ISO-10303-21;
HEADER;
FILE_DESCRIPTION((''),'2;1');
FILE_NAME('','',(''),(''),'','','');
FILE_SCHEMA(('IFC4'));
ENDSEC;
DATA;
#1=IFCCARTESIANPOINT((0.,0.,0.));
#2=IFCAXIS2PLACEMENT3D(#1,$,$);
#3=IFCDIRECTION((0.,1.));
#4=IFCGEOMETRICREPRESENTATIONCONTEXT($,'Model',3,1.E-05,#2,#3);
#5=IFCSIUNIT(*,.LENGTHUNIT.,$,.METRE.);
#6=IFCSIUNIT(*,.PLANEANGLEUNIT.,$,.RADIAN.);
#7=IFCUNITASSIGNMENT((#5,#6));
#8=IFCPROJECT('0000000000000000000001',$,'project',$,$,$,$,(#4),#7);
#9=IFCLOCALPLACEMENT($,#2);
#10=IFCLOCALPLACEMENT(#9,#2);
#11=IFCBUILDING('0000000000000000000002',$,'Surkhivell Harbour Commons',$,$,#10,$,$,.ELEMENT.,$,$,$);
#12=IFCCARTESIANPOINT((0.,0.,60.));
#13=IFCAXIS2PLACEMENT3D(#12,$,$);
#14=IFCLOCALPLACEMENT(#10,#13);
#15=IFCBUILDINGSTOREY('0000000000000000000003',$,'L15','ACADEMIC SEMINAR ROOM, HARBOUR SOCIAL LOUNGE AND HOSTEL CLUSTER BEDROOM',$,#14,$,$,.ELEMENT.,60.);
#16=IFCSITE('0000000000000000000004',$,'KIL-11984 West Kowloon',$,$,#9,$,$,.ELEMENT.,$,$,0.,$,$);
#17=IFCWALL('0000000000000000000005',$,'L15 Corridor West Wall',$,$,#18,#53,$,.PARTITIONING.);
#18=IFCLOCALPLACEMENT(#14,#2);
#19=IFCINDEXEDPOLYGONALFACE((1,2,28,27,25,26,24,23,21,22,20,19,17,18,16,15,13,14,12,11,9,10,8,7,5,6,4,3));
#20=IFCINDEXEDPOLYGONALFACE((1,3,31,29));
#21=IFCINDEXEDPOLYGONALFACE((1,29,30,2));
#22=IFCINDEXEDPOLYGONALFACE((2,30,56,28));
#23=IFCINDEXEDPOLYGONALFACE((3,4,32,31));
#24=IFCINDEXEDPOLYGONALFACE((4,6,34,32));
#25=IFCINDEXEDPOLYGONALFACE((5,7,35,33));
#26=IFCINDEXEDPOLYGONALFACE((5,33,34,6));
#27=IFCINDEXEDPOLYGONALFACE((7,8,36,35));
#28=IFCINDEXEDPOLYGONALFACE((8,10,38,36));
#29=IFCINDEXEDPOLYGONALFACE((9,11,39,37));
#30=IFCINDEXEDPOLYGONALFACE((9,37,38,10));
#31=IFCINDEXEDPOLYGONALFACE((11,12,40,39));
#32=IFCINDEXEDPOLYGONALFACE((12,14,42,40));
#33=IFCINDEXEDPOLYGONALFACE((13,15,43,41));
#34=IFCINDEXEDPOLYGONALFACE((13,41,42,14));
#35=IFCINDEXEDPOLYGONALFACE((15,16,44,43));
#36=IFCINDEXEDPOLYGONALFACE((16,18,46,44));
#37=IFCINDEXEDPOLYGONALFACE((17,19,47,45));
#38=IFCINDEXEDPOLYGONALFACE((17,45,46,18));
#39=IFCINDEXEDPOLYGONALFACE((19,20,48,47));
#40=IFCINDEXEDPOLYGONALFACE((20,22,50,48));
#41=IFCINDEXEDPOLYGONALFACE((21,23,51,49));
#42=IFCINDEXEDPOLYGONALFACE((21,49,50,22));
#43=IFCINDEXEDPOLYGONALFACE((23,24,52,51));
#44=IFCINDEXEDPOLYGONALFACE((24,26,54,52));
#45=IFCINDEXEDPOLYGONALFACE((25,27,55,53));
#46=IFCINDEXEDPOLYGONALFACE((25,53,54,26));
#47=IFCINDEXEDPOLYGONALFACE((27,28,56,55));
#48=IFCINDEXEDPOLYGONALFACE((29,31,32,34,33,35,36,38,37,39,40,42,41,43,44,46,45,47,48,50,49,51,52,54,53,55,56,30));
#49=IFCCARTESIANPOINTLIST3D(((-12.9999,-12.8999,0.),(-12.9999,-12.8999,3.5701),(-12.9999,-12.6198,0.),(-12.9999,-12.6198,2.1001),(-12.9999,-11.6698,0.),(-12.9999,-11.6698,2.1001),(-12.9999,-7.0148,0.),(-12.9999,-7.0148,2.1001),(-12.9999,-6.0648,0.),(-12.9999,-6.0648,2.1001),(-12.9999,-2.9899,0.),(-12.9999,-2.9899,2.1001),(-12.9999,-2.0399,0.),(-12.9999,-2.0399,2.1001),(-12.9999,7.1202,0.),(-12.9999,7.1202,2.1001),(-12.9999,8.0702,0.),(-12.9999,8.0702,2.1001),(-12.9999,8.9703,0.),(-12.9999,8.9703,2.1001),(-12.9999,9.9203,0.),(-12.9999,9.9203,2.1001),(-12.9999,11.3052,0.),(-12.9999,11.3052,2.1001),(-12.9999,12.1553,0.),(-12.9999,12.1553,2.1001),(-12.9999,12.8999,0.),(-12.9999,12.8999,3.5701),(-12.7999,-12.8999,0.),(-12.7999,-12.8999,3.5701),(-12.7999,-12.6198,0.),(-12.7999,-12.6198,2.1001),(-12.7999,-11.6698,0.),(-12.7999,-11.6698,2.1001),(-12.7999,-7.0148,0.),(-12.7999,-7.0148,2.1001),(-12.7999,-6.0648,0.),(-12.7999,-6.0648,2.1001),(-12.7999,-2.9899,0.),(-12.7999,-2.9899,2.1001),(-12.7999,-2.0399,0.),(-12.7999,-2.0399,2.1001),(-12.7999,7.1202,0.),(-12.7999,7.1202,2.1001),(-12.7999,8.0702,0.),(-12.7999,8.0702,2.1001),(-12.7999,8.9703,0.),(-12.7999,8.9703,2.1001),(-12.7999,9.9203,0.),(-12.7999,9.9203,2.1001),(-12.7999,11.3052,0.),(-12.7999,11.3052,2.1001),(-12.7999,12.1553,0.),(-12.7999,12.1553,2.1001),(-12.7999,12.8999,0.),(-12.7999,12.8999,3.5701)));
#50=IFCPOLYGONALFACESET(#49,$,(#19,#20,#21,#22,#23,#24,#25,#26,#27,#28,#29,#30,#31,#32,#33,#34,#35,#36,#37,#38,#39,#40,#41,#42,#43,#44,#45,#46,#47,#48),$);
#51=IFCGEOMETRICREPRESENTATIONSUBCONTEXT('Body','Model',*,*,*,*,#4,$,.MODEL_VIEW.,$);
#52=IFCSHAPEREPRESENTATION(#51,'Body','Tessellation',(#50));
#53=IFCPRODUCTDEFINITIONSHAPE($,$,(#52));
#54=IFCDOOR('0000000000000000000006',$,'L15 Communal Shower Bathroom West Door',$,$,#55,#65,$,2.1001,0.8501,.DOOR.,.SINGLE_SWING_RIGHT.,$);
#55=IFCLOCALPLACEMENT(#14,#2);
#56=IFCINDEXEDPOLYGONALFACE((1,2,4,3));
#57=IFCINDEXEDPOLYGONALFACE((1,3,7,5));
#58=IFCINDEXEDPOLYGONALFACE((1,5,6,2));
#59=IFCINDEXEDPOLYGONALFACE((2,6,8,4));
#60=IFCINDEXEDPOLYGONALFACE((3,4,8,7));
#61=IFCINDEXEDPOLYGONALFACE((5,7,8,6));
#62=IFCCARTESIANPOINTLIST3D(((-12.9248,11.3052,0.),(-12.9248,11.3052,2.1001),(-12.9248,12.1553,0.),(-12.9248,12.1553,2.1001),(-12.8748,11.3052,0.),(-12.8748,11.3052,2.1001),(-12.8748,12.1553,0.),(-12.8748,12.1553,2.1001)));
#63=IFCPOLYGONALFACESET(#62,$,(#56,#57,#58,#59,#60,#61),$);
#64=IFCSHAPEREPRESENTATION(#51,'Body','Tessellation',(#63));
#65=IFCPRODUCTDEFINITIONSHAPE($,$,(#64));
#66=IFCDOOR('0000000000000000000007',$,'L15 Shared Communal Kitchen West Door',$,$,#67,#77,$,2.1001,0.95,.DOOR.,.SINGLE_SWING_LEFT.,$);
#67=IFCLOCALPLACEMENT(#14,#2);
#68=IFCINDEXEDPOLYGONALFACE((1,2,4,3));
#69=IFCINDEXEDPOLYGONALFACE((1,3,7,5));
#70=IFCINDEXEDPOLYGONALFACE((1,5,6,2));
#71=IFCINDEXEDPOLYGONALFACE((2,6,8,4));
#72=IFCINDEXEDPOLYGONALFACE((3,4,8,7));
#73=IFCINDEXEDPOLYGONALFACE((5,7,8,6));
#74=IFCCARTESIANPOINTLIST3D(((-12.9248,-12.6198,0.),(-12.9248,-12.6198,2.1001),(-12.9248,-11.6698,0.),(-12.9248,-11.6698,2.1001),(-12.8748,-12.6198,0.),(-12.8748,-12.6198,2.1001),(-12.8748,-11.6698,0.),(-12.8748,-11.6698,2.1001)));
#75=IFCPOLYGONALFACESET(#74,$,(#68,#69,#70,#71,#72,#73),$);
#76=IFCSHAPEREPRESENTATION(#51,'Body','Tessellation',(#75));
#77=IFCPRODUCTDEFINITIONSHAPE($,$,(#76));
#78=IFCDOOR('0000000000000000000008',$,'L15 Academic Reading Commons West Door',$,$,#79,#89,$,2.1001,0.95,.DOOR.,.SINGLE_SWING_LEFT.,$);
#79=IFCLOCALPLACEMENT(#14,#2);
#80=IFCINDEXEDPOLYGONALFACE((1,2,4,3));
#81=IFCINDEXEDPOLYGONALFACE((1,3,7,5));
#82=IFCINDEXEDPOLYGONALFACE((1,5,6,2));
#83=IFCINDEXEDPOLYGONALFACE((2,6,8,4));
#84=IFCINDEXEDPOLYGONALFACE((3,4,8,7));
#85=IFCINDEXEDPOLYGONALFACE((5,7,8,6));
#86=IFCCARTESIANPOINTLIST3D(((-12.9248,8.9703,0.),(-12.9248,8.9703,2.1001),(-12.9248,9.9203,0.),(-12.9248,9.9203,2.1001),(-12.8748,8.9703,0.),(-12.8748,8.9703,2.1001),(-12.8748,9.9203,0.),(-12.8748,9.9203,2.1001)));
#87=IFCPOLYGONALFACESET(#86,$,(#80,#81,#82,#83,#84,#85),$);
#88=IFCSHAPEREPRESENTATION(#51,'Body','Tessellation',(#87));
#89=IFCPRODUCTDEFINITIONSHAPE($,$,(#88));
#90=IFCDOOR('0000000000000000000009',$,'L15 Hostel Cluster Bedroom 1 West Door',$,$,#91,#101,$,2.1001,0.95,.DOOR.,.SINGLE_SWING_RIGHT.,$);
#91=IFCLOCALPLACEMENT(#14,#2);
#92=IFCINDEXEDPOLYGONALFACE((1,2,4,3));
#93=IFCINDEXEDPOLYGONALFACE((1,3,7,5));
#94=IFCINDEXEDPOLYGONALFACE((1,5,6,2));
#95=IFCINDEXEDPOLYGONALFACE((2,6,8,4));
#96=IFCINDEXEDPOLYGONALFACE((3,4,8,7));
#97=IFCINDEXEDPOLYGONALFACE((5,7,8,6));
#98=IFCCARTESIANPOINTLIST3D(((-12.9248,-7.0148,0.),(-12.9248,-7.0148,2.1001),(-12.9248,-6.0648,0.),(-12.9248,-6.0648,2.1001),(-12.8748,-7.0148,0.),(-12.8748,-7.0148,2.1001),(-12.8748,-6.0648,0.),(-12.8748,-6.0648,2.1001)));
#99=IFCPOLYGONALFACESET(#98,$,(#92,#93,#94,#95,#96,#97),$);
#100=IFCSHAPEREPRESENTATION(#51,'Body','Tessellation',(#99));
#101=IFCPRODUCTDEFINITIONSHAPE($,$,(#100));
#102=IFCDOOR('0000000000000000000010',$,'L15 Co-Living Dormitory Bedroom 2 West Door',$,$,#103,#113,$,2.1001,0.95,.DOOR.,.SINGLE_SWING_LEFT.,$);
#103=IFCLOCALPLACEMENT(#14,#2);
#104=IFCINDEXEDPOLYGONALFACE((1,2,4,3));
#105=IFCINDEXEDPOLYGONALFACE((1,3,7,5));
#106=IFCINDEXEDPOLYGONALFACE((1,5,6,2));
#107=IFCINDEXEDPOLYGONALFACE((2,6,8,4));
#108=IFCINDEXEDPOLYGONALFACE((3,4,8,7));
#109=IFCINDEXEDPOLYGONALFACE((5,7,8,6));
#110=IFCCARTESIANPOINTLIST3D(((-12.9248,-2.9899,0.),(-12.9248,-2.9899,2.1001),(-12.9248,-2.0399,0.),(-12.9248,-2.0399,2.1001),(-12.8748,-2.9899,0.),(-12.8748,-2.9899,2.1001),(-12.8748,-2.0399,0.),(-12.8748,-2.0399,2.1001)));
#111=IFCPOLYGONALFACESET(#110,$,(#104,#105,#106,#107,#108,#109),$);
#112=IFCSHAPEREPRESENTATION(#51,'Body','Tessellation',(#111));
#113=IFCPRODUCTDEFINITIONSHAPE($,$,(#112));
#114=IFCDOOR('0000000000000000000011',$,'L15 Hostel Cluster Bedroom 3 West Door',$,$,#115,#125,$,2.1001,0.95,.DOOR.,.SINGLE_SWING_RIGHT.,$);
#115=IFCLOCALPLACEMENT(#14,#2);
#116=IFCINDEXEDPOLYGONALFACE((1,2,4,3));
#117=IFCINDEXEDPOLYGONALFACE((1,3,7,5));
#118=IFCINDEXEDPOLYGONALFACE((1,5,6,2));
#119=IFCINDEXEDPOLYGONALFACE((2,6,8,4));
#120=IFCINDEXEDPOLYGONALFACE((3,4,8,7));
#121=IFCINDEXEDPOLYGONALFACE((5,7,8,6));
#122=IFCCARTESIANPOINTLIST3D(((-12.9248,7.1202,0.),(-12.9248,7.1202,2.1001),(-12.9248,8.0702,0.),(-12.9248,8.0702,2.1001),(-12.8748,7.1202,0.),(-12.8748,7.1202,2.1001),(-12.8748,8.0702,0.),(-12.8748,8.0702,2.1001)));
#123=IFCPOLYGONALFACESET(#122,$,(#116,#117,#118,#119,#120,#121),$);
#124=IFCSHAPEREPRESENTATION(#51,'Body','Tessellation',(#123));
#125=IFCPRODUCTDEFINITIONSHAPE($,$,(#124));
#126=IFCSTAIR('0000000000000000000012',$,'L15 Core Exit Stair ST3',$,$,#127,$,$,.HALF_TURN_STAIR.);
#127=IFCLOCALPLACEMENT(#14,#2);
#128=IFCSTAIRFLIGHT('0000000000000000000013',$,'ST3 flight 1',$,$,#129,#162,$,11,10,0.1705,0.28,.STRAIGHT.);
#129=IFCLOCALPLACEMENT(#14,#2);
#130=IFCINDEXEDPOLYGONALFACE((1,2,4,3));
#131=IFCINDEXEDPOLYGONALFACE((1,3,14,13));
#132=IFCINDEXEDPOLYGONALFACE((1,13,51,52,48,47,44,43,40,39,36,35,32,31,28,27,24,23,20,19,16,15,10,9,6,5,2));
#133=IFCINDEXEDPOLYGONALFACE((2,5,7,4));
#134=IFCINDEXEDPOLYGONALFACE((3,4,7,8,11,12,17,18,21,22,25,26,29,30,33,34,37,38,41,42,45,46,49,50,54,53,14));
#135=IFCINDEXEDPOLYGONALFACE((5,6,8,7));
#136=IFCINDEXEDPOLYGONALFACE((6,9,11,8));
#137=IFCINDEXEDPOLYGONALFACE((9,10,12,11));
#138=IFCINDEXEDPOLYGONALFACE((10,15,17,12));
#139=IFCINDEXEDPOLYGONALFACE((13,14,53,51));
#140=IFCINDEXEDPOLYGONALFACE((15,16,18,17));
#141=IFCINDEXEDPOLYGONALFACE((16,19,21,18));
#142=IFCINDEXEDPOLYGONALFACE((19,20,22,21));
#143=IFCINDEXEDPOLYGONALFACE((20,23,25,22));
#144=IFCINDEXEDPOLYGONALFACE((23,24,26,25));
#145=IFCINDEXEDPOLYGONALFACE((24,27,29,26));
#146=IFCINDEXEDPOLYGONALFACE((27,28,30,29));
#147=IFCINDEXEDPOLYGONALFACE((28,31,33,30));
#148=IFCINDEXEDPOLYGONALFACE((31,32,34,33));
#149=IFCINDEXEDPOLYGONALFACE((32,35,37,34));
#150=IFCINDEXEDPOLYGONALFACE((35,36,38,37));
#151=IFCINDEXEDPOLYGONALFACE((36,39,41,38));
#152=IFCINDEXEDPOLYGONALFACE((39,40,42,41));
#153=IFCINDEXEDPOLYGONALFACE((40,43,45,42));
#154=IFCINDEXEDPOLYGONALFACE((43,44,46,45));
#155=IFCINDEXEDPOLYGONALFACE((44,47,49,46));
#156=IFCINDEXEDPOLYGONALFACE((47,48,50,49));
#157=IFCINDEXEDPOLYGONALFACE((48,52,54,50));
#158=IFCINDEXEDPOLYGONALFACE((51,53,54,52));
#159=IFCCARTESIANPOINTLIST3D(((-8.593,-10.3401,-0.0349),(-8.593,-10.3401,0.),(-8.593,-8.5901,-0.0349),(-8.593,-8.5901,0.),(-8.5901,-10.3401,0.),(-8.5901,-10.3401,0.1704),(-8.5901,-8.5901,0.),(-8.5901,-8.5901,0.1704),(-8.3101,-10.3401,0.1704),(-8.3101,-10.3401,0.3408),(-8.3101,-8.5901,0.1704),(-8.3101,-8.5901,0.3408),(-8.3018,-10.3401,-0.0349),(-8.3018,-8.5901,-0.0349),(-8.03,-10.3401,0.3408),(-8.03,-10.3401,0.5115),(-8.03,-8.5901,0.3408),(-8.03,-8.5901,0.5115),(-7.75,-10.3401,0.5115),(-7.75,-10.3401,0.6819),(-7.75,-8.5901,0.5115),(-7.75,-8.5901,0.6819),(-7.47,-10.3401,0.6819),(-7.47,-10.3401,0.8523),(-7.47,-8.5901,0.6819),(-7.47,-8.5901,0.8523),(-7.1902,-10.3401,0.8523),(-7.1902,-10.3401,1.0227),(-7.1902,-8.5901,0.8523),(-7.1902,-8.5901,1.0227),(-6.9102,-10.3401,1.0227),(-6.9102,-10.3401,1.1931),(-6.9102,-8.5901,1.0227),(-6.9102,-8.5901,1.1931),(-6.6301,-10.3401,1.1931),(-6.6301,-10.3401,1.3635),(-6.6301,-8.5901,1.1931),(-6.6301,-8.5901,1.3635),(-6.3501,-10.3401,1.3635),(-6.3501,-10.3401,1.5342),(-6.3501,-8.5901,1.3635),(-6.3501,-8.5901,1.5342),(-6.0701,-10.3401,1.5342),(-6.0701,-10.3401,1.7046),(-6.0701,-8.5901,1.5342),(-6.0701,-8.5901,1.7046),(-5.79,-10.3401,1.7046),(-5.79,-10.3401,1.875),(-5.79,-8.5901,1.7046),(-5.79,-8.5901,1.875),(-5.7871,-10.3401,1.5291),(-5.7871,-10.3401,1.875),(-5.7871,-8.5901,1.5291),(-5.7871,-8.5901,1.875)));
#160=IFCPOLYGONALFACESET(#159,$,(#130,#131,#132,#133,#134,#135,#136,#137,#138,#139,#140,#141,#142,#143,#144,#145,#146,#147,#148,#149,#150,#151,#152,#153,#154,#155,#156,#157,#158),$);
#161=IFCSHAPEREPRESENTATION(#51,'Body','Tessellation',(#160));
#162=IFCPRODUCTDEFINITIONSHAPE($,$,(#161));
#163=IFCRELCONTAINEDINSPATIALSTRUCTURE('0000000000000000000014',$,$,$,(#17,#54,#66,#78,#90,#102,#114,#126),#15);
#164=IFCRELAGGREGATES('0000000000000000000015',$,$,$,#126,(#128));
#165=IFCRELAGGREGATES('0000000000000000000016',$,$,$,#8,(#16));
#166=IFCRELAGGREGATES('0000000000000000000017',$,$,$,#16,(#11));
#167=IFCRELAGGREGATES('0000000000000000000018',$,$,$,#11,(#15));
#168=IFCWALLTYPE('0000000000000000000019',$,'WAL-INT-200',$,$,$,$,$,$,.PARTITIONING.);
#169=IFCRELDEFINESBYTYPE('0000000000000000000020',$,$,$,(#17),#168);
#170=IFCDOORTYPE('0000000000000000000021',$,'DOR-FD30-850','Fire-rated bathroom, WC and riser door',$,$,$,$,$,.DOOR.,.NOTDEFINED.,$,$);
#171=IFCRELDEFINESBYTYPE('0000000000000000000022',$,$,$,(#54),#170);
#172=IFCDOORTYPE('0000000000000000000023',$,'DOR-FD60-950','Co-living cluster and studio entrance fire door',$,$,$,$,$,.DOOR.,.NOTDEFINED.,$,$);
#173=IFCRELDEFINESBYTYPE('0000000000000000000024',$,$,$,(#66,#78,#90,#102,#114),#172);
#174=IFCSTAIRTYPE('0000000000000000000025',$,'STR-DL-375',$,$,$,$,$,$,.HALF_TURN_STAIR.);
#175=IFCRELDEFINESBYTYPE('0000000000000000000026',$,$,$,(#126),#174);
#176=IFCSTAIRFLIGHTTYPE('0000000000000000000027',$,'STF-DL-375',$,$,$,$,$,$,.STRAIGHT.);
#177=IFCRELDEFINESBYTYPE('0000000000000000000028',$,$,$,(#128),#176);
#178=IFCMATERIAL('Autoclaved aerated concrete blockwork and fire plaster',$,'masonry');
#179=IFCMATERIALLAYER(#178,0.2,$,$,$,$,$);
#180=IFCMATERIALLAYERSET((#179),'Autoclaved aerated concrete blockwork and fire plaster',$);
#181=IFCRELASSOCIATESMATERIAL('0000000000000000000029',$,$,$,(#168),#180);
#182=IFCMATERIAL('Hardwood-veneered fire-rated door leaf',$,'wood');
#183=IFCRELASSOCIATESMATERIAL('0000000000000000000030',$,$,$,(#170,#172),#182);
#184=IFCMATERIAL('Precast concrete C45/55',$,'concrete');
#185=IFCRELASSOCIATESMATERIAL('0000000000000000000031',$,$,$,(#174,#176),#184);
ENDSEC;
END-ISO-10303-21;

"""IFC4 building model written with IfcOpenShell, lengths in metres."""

from ifc_helpers import new_model, si_unit, direction, frame, frame_2d, origin, place, context, subcontext, project, spatial, polyline, rectangle, outline, extrude, material, layer, layer_set, type_object, element, fill, aggregate, save


model = new_model("IFC4")

# Units and contexts
model_context = context("Model", 3, precision=1e-05, world=origin(), true_north=direction((0.0, 1.0)))
body_context = subcontext(model_context, "Body", "Model", "MODEL_VIEW")
ifc_project = project(units=[si_unit("LENGTHUNIT", "METRE"), si_unit("PLANEANGLEUNIT", "RADIAN")], contexts=[model_context])

# Site, building, storey
site_placement = place(None, origin())
site = spatial("IfcSite", under=ifc_project, at=site_placement, Name="KIL-11984 West Kowloon", CompositionType="ELEMENT", RefElevation=0.0)
building_placement = place(site_placement, origin())
building = spatial("IfcBuilding", under=site, at=building_placement, Name="Surkhivell Harbour Commons", CompositionType="ELEMENT")
storey_placement = place(building_placement, frame((0.0, 0.0, 60.0)))
storey = spatial("IfcBuildingStorey", under=building, at=storey_placement, Name="L15", Description="ACADEMIC SEMINAR ROOM, HARBOUR SOCIAL LOUNGE AND HOSTEL CLUSTER BEDROOM", CompositionType="ELEMENT", Elevation=60.0)

# Shared definitions
ifc_material_1 = material(Name="Autoclaved aerated concrete blockwork and fire plaster", Category="masonry")
ifc_layer_1 = layer(ifc_material_1, 0.2)
ifc_layer_set_1 = layer_set([ifc_layer_1], Name="Autoclaved aerated concrete blockwork and fire plaster")
wall_type_1 = type_object("IfcWallType", Name="WAL-INT-200", PredefinedType="PARTITIONING", material=ifc_layer_set_1)

# Wall, openings, doors
ifc_material_2 = material(Name="Hardwood-veneered fire-rated door leaf", Category="wood")
door_type_1 = type_object("IfcDoorType", Name="DOR-FD30-850", Description="Fire-rated bathroom, WC and riser door", OperationType="NOTDEFINED", PredefinedType="DOOR", material=ifc_material_2)
wall_1_placement = place(storey_placement, frame((-12.8999, -12.8999, 0.0), z_axis=(0.0, 0.0, 1.0), x_axis=(0.0, 1.0, 0.0)))
wall_1 = element("IfcWall", 1, at=wall_1_placement, inside=storey, type_object=wall_type_1, Name="L15 Corridor West Wall", PredefinedType="PARTITIONING", context=body_context, shape_type="SweptSolid", body=[
    extrude(rectangle(XDim=25.7998, YDim=0.2, at=frame_2d((12.8999, 0.0))), origin(), (0.0, 0.0, 1.0), 3.5701),
])
opening_1_placement = place(wall_1_placement, frame((0.28, 0.0, 0.0)))
opening_1 = element("IfcOpeningElement", 2, at=opening_1_placement, cuts=wall_1, PredefinedType="OPENING", context=body_context, shape_type="SweptSolid", body=[
    extrude(rectangle(XDim=0.95, YDim=2.1001, at=frame_2d((0.4751, 1.05))), frame((0.0, 0.1099, 0.0), z_axis=(0.0, -1.0, 0.0), x_axis=(1.0, 0.0, 0.0)), (0.0, 0.0, 1.0), 0.22),
])
opening_2_placement = place(wall_1_placement, frame((24.2051, 0.0, 0.0)))
opening_2 = element("IfcOpeningElement", 3, at=opening_2_placement, cuts=wall_1, PredefinedType="OPENING", context=body_context, shape_type="SweptSolid", body=[
    extrude(rectangle(XDim=0.8501, YDim=2.1001, at=frame_2d((0.425, 1.05))), frame((0.0, 0.1099, 0.0), z_axis=(0.0, -1.0, 0.0), x_axis=(1.0, 0.0, 0.0)), (0.0, 0.0, 1.0), 0.22),
])
opening_3_placement = place(wall_1_placement, frame((21.8701, 0.0, 0.0)))
opening_3 = element("IfcOpeningElement", 4, at=opening_3_placement, cuts=wall_1, PredefinedType="OPENING", context=body_context, shape_type="SweptSolid", body=[
    extrude(rectangle(XDim=0.95, YDim=2.1001, at=frame_2d((0.4751, 1.05))), frame((0.0, 0.1099, 0.0), z_axis=(0.0, -1.0, 0.0), x_axis=(1.0, 0.0, 0.0)), (0.0, 0.0, 1.0), 0.22),
])
opening_4_placement = place(wall_1_placement, frame((5.885, 0.0, 0.0)))
opening_4 = element("IfcOpeningElement", 5, at=opening_4_placement, cuts=wall_1, PredefinedType="OPENING", context=body_context, shape_type="SweptSolid", body=[
    extrude(rectangle(XDim=0.95, YDim=2.1001, at=frame_2d((0.4751, 1.05))), frame((0.0, 0.1099, 0.0), z_axis=(0.0, -1.0, 0.0), x_axis=(1.0, 0.0, 0.0)), (0.0, 0.0, 1.0), 0.22),
])
opening_5_placement = place(wall_1_placement, frame((9.9099, 0.0, 0.0)))
opening_5 = element("IfcOpeningElement", 6, at=opening_5_placement, cuts=wall_1, PredefinedType="OPENING", context=body_context, shape_type="SweptSolid", body=[
    extrude(rectangle(XDim=0.95, YDim=2.1001, at=frame_2d((0.4751, 1.05))), frame((0.0, 0.1099, 0.0), z_axis=(0.0, -1.0, 0.0), x_axis=(1.0, 0.0, 0.0)), (0.0, 0.0, 1.0), 0.22),
])
opening_6_placement = place(wall_1_placement, frame((20.02, 0.0, 0.0)))
opening_6 = element("IfcOpeningElement", 7, at=opening_6_placement, cuts=wall_1, PredefinedType="OPENING", context=body_context, shape_type="SweptSolid", body=[
    extrude(rectangle(XDim=0.95, YDim=2.1001, at=frame_2d((0.4751, 1.05))), frame((0.0, 0.1099, 0.0), z_axis=(0.0, -1.0, 0.0), x_axis=(1.0, 0.0, 0.0)), (0.0, 0.0, 1.0), 0.22),
])
door_1_placement = place(opening_2_placement, origin())
door_1 = element("IfcDoor", 8, at=door_1_placement, inside=storey, type_object=door_type_1, Name="L15 Communal Shower Bathroom West Door", OperationType="SINGLE_SWING_RIGHT", OverallHeight=2.1001, OverallWidth=0.8501, PredefinedType="DOOR", context=body_context, shape_type="SweptSolid", body=[
    extrude(rectangle(XDim=0.8501, YDim=2.1001, at=frame_2d((0.425, 1.05))), frame((0.0, 0.0249, 0.0), z_axis=(0.0, -1.0, 0.0), x_axis=(1.0, 0.0, 0.0)), (0.0, 0.0, 1.0), 0.05),
])
fill(opening_2, door_1)
door_type_2 = type_object("IfcDoorType", Name="DOR-FD60-950", Description="Co-living cluster and studio entrance fire door", OperationType="NOTDEFINED", PredefinedType="DOOR", material=ifc_material_2)
door_2_placement = place(opening_1_placement, origin())
door_2 = element("IfcDoor", 9, at=door_2_placement, inside=storey, type_object=door_type_2, Name="L15 Shared Communal Kitchen West Door", OperationType="SINGLE_SWING_LEFT", OverallHeight=2.1001, OverallWidth=0.95, PredefinedType="DOOR", context=body_context, shape_type="SweptSolid", body=[
    extrude(rectangle(XDim=0.95, YDim=2.1001, at=frame_2d((0.4751, 1.05))), frame((0.0, 0.0249, 0.0), z_axis=(0.0, -1.0, 0.0), x_axis=(1.0, 0.0, 0.0)), (0.0, 0.0, 1.0), 0.05),
])
fill(opening_1, door_2)
door_3_placement = place(opening_3_placement, origin())
door_3 = element("IfcDoor", 10, at=door_3_placement, inside=storey, type_object=door_type_2, Name="L15 Academic Reading Commons West Door", OperationType="SINGLE_SWING_LEFT", OverallHeight=2.1001, OverallWidth=0.95, PredefinedType="DOOR", context=body_context, shape_type="SweptSolid", body=[
    extrude(rectangle(XDim=0.95, YDim=2.1001, at=frame_2d((0.4751, 1.05))), frame((0.0, 0.0249, 0.0), z_axis=(0.0, -1.0, 0.0), x_axis=(1.0, 0.0, 0.0)), (0.0, 0.0, 1.0), 0.05),
])
fill(opening_3, door_3)
door_4_placement = place(opening_4_placement, origin())
door_4 = element("IfcDoor", 11, at=door_4_placement, inside=storey, type_object=door_type_2, Name="L15 Hostel Cluster Bedroom 1 West Door", OperationType="SINGLE_SWING_RIGHT", OverallHeight=2.1001, OverallWidth=0.95, PredefinedType="DOOR", context=body_context, shape_type="SweptSolid", body=[
    extrude(rectangle(XDim=0.95, YDim=2.1001, at=frame_2d((0.4751, 1.05))), frame((0.0, 0.0249, 0.0), z_axis=(0.0, -1.0, 0.0), x_axis=(1.0, 0.0, 0.0)), (0.0, 0.0, 1.0), 0.05),
])
fill(opening_4, door_4)
door_5_placement = place(opening_5_placement, origin())
door_5 = element("IfcDoor", 12, at=door_5_placement, inside=storey, type_object=door_type_2, Name="L15 Co-Living Dormitory Bedroom 2 West Door", OperationType="SINGLE_SWING_LEFT", OverallHeight=2.1001, OverallWidth=0.95, PredefinedType="DOOR", context=body_context, shape_type="SweptSolid", body=[
    extrude(rectangle(XDim=0.95, YDim=2.1001, at=frame_2d((0.4751, 1.05))), frame((0.0, 0.0249, 0.0), z_axis=(0.0, -1.0, 0.0), x_axis=(1.0, 0.0, 0.0)), (0.0, 0.0, 1.0), 0.05),
])
fill(opening_5, door_5)
door_6_placement = place(opening_6_placement, origin())
door_6 = element("IfcDoor", 13, at=door_6_placement, inside=storey, type_object=door_type_2, Name="L15 Hostel Cluster Bedroom 3 West Door", OperationType="SINGLE_SWING_RIGHT", OverallHeight=2.1001, OverallWidth=0.95, PredefinedType="DOOR", context=body_context, shape_type="SweptSolid", body=[
    extrude(rectangle(XDim=0.95, YDim=2.1001, at=frame_2d((0.4751, 1.05))), frame((0.0, 0.0249, 0.0), z_axis=(0.0, -1.0, 0.0), x_axis=(1.0, 0.0, 0.0)), (0.0, 0.0, 1.0), 0.05),
])
fill(opening_6, door_6)

# Stair, stair flight
ifc_material_3 = material(Name="Precast concrete C45/55", Category="concrete")
stair_type = type_object("IfcStairType", Name="STR-DL-375", PredefinedType="HALF_TURN_STAIR", material=ifc_material_3)
stair_placement = place(storey_placement, origin())
stair = element("IfcStair", 14, at=stair_placement, inside=storey, type_object=stair_type, Name="L15 Core Exit Stair ST3", PredefinedType="HALF_TURN_STAIR")
stair_flight_type = type_object("IfcStairFlightType", Name="STF-DL-375", PredefinedType="STRAIGHT", material=ifc_material_3)
stair_flight_placement = place(storey_placement, frame((-8.5901, -9.4651, 0.0), z_axis=(0.0, 0.0, 1.0), x_axis=(1.0, 0.0, 0.0)))
stair_flight = element("IfcStairFlight", 15, at=stair_flight_placement, type_object=stair_flight_type, Name="ST3 flight 1", NumberOfRisers=11, NumberOfTreads=10, PredefinedType="STRAIGHT", RiserHeight=0.1705, TreadLength=0.28, context=body_context, shape_type="SweptSolid", body=[
    extrude(outline(polyline([(-0.0029, -0.0349), (-0.0029, 0.0), (0.0, 0.0), (0.0, 0.1704), (0.28, 0.1704), (0.28, 0.3408), (0.5601, 0.3408), (0.5601, 0.5115), (0.8401, 0.5115), (0.8401, 0.6819), (1.1201, 0.6819), (1.1201, 0.8523), (1.3999, 0.8523), (1.3999, 1.0227), (1.6799, 1.0227), (1.6799, 1.1931), (1.96, 1.1931), (1.96, 1.3635), (2.24, 1.3635), (2.24, 1.5342), (2.52, 1.5342), (2.52, 1.7046), (2.8, 1.7046), (2.8, 1.875), (2.803, 1.875), (2.803, 1.5291), (0.2883, -0.0349), (-0.0029, -0.0349)])), frame((0.0, 0.875, 0.0), z_axis=(0.0, -1.0, 0.0), x_axis=(1.0, 0.0, 0.0)), (0.0, 0.0, 1.0), 1.75),
])
aggregate(stair, [stair_flight])

save(model, "model.ifc")
